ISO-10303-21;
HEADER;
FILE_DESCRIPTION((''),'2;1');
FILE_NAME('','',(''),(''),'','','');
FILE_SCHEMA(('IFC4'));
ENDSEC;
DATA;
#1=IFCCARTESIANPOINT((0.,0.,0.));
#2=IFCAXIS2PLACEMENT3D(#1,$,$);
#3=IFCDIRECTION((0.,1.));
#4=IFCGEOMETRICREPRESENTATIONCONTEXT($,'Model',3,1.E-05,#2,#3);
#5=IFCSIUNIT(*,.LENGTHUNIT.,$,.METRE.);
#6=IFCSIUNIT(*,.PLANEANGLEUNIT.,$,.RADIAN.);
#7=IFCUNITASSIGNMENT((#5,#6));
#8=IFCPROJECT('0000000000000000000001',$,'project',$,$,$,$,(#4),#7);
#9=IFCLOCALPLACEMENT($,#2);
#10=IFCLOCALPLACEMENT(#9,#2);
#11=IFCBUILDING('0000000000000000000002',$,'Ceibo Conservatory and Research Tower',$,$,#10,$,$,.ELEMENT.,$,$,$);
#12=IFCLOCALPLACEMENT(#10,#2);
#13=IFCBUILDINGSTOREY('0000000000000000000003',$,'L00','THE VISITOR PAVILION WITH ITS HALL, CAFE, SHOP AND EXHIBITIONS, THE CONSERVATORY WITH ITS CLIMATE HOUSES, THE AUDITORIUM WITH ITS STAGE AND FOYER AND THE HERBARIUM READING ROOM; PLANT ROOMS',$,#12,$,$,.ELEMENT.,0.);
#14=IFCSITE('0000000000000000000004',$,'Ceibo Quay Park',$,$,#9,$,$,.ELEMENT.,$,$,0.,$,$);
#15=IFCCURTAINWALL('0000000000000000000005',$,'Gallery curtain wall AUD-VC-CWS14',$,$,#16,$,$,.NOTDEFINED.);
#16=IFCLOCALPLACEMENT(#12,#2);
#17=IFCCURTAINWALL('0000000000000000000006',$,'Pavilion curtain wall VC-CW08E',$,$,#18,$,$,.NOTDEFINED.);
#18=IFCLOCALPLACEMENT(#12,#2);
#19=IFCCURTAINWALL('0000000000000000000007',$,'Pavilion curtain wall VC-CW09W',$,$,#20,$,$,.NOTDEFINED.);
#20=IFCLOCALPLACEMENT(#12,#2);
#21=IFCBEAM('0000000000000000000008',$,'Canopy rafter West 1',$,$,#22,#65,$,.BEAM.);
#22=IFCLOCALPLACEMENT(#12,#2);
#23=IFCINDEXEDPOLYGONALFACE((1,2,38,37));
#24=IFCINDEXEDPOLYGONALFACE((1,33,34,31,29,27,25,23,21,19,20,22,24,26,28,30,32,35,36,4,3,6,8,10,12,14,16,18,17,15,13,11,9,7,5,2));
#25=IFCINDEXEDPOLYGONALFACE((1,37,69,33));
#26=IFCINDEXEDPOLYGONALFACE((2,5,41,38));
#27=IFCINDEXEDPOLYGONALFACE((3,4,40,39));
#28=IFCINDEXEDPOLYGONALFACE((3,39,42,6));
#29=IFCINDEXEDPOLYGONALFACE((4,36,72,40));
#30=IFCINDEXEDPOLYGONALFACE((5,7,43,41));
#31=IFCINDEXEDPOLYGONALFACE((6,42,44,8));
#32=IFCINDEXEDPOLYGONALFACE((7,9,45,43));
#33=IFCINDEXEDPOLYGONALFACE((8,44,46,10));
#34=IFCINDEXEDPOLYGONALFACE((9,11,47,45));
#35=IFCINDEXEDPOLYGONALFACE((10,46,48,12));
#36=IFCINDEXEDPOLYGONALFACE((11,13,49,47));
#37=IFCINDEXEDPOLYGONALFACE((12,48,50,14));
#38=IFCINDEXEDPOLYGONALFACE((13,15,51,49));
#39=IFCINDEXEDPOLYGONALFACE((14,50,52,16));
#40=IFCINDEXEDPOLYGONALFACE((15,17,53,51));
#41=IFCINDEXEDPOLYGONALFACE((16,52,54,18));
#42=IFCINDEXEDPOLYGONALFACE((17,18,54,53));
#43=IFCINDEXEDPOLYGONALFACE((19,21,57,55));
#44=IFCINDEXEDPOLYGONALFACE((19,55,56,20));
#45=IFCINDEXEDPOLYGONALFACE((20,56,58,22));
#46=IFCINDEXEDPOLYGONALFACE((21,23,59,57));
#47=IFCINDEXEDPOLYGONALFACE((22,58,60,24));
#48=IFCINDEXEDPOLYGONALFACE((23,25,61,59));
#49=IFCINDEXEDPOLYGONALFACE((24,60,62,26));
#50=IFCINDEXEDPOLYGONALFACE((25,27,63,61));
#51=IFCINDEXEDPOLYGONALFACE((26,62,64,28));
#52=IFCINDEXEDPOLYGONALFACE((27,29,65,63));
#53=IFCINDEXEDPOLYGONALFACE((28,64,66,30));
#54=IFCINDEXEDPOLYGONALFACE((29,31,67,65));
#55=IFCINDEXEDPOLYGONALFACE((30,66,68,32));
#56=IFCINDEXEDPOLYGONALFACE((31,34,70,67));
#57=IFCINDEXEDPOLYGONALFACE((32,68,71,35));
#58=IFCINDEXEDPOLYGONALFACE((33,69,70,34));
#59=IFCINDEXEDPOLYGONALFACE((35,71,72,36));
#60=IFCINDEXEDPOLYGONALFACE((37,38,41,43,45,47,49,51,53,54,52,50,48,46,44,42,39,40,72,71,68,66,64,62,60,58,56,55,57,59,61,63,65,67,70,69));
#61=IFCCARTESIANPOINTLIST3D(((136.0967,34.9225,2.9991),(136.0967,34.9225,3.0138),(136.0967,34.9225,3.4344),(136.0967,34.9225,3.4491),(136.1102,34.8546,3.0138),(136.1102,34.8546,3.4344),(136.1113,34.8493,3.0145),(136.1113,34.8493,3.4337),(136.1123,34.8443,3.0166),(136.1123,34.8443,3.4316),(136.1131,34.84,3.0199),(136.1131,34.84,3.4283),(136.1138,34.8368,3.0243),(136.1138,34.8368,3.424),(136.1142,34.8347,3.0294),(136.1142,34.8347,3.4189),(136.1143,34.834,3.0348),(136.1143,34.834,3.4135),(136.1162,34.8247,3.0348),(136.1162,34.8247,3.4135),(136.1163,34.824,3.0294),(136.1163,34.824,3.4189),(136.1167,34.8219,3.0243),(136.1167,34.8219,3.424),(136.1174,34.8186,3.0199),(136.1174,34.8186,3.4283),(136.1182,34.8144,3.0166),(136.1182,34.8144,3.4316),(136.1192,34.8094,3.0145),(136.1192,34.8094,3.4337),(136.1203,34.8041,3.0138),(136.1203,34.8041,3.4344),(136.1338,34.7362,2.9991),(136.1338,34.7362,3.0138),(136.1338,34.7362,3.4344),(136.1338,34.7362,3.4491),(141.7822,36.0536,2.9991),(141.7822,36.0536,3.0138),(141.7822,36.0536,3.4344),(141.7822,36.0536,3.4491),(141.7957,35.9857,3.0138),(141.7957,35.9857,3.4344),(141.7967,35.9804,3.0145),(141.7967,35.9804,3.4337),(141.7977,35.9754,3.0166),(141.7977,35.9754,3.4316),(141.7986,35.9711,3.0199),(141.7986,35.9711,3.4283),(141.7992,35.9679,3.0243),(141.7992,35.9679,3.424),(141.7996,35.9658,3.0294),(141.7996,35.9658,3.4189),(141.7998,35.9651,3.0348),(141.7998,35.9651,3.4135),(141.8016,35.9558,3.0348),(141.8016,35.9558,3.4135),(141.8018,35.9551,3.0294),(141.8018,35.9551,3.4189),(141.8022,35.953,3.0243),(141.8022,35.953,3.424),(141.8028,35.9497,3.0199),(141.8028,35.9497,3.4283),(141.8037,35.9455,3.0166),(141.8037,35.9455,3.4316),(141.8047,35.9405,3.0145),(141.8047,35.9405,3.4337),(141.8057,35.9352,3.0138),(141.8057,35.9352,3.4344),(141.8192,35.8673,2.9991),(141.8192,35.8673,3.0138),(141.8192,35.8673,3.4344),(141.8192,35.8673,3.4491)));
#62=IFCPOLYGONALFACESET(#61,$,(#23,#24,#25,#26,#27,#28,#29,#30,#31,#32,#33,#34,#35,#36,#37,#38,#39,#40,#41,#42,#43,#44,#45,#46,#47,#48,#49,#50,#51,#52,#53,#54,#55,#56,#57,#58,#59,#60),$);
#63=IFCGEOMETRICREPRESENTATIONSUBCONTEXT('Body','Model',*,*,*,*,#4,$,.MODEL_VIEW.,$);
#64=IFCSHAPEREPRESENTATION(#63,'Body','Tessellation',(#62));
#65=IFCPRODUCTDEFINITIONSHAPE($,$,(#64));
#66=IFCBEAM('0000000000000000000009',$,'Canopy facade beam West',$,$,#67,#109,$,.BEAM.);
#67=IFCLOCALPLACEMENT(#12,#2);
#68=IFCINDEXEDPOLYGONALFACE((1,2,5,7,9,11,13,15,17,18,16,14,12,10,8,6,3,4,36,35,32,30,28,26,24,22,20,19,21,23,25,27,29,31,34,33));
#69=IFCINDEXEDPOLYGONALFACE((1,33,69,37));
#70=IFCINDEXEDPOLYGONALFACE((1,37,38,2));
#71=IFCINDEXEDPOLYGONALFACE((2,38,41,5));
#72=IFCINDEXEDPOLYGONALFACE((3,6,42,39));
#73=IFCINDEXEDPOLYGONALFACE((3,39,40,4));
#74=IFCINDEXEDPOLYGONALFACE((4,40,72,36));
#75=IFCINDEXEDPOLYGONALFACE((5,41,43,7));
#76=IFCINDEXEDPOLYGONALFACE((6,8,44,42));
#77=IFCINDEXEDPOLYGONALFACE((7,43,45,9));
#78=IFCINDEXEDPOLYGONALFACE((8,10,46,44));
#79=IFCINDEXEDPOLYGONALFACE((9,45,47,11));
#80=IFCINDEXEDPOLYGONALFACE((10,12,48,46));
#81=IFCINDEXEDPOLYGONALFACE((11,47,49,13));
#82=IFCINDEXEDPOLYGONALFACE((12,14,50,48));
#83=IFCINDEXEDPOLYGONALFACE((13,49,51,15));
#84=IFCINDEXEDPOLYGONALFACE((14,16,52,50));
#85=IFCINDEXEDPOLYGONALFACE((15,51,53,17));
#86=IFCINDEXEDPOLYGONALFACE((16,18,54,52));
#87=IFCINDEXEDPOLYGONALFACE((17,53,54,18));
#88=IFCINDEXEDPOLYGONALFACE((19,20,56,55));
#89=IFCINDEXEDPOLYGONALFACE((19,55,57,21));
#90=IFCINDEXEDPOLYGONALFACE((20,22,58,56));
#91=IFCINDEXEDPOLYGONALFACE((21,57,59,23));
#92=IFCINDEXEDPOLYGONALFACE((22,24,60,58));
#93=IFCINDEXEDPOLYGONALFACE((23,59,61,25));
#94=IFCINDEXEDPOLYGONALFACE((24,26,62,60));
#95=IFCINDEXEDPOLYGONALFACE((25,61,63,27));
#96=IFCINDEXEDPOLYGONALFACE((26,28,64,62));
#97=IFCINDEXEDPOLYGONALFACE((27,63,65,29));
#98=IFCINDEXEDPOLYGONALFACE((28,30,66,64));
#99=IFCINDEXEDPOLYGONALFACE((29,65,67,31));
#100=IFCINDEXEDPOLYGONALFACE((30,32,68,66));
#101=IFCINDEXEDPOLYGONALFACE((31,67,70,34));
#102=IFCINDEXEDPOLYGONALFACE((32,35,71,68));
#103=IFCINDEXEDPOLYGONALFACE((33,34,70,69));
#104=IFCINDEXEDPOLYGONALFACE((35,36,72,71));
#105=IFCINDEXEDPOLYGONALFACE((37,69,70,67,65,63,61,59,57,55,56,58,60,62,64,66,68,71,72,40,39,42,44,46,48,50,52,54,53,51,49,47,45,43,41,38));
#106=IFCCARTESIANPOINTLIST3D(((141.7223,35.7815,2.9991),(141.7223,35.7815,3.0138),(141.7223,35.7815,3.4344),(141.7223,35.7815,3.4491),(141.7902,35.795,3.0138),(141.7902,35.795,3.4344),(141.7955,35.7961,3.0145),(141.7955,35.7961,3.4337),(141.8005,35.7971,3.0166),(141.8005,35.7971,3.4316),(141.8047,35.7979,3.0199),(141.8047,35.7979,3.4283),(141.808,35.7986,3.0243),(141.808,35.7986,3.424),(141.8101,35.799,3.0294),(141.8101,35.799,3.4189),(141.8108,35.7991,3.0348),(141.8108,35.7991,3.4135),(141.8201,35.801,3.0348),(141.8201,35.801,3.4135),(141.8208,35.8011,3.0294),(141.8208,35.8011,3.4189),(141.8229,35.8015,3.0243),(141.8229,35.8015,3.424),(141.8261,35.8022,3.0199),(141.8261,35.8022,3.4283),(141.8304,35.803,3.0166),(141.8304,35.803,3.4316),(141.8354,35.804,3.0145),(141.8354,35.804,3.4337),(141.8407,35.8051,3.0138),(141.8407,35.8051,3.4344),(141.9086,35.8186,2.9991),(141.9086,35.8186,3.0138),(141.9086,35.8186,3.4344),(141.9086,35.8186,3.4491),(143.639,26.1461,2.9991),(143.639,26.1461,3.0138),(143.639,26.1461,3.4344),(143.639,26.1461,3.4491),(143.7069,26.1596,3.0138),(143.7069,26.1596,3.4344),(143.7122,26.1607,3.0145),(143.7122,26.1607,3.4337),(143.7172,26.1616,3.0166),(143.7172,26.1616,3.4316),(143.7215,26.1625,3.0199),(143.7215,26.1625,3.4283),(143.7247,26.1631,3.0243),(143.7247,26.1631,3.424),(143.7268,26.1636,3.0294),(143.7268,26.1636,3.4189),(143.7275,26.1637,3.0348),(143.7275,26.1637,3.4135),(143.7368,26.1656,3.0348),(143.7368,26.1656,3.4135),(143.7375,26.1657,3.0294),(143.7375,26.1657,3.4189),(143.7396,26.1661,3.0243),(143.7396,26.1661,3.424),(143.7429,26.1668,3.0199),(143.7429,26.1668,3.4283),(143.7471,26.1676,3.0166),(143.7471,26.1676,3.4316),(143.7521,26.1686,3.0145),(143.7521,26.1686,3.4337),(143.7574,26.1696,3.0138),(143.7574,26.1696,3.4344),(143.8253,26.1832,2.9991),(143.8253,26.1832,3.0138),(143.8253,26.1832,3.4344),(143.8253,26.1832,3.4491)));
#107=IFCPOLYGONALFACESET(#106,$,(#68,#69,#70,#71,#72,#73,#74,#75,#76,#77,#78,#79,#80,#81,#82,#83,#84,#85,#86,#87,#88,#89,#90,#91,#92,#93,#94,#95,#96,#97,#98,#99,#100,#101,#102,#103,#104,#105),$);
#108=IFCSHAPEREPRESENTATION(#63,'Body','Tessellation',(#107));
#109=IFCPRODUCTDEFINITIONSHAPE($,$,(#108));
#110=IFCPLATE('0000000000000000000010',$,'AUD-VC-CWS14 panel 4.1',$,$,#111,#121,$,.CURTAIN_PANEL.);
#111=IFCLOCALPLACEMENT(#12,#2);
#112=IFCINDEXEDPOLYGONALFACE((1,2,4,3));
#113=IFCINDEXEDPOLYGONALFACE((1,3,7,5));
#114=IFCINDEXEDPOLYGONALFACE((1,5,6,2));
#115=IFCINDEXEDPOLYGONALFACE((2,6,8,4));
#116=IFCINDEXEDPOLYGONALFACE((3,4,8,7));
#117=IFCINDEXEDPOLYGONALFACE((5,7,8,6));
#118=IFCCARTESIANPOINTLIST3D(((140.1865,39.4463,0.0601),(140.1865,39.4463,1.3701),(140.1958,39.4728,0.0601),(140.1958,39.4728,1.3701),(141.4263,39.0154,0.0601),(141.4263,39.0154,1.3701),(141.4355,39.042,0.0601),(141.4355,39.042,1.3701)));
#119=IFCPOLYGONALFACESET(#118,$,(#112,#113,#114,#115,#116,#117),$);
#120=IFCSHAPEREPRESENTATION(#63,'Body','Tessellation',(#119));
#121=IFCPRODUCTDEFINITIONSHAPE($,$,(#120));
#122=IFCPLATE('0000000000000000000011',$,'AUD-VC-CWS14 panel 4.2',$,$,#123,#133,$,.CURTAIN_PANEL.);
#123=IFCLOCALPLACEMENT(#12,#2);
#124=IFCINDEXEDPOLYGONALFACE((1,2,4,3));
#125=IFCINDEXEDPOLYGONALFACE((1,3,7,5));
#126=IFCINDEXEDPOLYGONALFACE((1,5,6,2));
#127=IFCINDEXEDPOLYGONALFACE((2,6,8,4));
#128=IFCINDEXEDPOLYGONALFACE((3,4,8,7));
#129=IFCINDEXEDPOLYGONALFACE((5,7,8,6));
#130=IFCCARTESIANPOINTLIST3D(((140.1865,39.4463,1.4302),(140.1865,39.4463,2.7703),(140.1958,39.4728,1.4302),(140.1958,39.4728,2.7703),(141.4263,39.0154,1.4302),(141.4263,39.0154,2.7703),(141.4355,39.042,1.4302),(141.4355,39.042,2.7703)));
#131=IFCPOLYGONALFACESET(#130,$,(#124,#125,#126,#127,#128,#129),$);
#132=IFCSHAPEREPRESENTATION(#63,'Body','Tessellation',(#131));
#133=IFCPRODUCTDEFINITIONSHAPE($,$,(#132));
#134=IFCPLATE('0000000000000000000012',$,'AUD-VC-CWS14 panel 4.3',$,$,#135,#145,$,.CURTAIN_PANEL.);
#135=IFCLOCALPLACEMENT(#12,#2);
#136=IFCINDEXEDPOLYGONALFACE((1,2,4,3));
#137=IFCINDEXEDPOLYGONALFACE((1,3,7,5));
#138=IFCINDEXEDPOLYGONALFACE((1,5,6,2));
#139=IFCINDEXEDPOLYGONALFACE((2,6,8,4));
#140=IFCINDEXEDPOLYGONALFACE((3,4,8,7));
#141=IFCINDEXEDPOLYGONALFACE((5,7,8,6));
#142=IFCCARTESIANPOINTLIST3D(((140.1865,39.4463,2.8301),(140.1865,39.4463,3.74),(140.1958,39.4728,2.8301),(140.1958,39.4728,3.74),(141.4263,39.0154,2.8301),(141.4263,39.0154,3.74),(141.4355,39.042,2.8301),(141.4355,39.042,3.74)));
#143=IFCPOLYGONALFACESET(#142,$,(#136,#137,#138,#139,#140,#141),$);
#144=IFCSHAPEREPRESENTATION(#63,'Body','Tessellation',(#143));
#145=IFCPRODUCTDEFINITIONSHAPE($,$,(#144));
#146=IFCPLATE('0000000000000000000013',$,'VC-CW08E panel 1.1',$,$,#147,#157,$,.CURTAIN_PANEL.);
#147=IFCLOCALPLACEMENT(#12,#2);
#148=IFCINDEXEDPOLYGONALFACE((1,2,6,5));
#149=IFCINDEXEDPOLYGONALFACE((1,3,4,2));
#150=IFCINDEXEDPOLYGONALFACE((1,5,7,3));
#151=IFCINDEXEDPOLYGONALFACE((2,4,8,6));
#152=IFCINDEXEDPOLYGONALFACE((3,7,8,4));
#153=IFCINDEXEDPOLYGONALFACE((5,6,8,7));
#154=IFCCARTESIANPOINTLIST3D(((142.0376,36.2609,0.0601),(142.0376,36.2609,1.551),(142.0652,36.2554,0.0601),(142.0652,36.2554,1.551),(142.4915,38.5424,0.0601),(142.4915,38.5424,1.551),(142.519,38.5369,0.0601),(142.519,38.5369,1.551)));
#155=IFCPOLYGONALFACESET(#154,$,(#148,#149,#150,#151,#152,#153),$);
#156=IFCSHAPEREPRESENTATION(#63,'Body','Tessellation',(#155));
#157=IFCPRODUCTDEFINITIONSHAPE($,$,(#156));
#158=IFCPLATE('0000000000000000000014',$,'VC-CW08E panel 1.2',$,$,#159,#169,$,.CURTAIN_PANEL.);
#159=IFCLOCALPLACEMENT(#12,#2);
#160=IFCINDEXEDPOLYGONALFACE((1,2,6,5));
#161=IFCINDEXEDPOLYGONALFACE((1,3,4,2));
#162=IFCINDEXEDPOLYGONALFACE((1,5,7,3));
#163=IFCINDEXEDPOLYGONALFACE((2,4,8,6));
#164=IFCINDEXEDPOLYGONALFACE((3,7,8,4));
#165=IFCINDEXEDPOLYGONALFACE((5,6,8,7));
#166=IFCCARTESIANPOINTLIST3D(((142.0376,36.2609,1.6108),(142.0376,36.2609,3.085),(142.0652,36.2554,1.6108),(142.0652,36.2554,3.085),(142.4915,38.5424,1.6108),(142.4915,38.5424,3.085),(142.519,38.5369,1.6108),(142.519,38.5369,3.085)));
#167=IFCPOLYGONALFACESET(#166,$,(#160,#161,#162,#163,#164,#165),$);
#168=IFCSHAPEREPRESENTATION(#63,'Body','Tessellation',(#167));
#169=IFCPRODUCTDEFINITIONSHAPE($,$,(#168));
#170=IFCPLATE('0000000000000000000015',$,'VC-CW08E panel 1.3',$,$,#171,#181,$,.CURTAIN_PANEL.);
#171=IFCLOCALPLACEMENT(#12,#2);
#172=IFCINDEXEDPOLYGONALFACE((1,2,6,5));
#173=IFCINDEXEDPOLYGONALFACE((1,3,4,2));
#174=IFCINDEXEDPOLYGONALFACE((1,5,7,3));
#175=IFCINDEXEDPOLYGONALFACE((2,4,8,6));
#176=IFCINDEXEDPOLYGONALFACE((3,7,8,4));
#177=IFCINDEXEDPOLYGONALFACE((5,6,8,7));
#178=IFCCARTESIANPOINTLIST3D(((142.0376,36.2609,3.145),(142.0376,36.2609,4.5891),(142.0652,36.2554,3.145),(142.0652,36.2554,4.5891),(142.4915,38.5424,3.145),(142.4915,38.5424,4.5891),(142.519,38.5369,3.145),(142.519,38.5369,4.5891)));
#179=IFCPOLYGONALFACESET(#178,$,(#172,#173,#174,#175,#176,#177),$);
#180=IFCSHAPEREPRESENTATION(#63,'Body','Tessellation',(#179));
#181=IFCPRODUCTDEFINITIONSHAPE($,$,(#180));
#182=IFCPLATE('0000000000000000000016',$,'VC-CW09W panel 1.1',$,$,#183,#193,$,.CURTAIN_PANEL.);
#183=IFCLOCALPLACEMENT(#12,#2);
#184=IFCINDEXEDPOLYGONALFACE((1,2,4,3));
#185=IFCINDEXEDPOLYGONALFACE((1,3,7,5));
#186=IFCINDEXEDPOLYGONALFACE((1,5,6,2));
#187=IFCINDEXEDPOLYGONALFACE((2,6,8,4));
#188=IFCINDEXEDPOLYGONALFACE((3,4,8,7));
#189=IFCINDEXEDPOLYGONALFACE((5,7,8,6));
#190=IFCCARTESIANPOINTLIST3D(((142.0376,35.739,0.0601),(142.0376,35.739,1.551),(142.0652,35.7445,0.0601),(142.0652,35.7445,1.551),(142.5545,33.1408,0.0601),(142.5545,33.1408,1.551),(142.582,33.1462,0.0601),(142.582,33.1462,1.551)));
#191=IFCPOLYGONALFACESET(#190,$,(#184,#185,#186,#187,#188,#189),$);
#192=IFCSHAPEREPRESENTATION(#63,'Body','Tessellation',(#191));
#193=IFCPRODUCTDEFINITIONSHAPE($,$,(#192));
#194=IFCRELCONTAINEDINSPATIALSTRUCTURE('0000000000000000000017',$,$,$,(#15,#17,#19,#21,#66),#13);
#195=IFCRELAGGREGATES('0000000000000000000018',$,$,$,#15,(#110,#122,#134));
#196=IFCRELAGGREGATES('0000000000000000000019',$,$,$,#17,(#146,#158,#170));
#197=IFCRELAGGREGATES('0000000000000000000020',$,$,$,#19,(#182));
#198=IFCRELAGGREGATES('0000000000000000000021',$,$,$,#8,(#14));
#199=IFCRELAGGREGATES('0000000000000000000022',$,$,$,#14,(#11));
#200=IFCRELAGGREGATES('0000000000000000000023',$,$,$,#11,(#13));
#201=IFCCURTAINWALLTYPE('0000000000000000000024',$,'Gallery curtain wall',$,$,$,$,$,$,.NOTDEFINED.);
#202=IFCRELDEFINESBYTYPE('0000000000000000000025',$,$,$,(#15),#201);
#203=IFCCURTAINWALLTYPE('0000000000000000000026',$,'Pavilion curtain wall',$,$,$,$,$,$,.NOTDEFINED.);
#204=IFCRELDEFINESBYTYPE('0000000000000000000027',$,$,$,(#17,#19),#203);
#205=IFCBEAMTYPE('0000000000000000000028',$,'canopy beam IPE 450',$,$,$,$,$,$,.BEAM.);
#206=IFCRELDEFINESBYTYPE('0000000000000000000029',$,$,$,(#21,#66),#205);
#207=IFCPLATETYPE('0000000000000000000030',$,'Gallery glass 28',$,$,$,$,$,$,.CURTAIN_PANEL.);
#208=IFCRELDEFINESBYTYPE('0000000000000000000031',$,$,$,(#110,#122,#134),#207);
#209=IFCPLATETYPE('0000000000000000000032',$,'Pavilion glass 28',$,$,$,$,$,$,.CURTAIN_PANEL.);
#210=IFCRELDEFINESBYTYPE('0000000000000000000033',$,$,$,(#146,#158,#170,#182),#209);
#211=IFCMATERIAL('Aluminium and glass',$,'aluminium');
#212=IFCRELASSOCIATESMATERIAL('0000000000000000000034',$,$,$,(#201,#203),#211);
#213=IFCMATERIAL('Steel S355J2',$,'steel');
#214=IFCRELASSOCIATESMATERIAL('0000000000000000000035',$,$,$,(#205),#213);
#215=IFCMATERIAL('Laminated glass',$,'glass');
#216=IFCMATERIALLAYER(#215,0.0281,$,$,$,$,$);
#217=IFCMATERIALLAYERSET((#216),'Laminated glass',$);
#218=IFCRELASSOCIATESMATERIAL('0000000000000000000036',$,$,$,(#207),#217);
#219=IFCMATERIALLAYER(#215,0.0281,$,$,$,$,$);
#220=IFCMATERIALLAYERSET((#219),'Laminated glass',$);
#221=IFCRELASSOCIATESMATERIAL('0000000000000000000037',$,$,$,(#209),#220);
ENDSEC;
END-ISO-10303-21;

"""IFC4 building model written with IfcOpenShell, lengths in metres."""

from ifc_helpers import new_model, si_unit, direction, frame, origin, origin_2d, place, context, subcontext, project, spatial, rectangle, i_section, extrude, material, layer, layer_set, material_profile, profile_set, type_object, element, aggregate, save


model = new_model("IFC4")

# Units and contexts
model_context = context("Model", 3, precision=1e-05, world=origin(), true_north=direction((0.0, 1.0)))
body_context = subcontext(model_context, "Body", "Model", "MODEL_VIEW")
ifc_project = project(units=[si_unit("LENGTHUNIT", "METRE"), si_unit("PLANEANGLEUNIT", "RADIAN")], contexts=[model_context])

# Site, building, storey
site_placement = place(None, origin())
site = spatial("IfcSite", under=ifc_project, at=site_placement, Name="Ceibo Quay Park", CompositionType="ELEMENT", RefElevation=0.0)
building_placement = place(site_placement, origin())
building = spatial("IfcBuilding", under=site, at=building_placement, Name="Ceibo Conservatory and Research Tower", CompositionType="ELEMENT")
storey_placement = place(building_placement, origin())
storey = spatial("IfcBuildingStorey", under=building, at=storey_placement, Name="L00", Description="THE VISITOR PAVILION WITH ITS HALL, CAFE, SHOP AND EXHIBITIONS, THE CONSERVATORY WITH ITS CLIMATE HOUSES, THE AUDITORIUM WITH ITS STAGE AND FOYER AND THE HERBARIUM READING ROOM; PLANT ROOMS", CompositionType="ELEMENT", Elevation=0.0)

# Curtain walls
ifc_material_1 = material(Name="Aluminium and glass", Category="aluminium")
curtain_wall_type_1 = type_object("IfcCurtainWallType", Name="Gallery curtain wall", PredefinedType="NOTDEFINED", material=ifc_material_1)
curtain_wall_1_placement = place(storey_placement, origin())
curtain_wall_1 = element("IfcCurtainWall", 1, at=curtain_wall_1_placement, inside=storey, type_object=curtain_wall_type_1, Name="Gallery curtain wall AUD-VC-CWS14", PredefinedType="NOTDEFINED")
curtain_wall_type_2 = type_object("IfcCurtainWallType", Name="Pavilion curtain wall", PredefinedType="NOTDEFINED", material=ifc_material_1)
curtain_wall_2_placement = place(storey_placement, origin())
curtain_wall_2 = element("IfcCurtainWall", 2, at=curtain_wall_2_placement, inside=storey, type_object=curtain_wall_type_2, Name="Pavilion curtain wall VC-CW08E", PredefinedType="NOTDEFINED")
curtain_wall_3_placement = place(storey_placement, origin())
curtain_wall_3 = element("IfcCurtainWall", 3, at=curtain_wall_3_placement, inside=storey, type_object=curtain_wall_type_2, Name="Pavilion curtain wall VC-CW09W", PredefinedType="NOTDEFINED")

# Beams
ifc_material_2 = material(Name="Steel S355J2", Category="steel")
ifc_material_profile_1 = material_profile(ifc_material_2, i_section(OverallWidth=0.1899, OverallDepth=0.45, WebThickness=0.0095, FlangeThickness=0.0146, FilletRadius=0.021, at=origin_2d()), Name="IPE 450")
ifc_profile_set_1 = profile_set([ifc_material_profile_1], Name="Steel S355J2")
beam_type_1 = type_object("IfcBeamType", Name="canopy beam IPE 450", PredefinedType="BEAM", material=ifc_profile_set_1)
beam_1_placement = place(storey_placement, frame((136.1152, 34.8293, 3.2241), z_axis=(0.980779, 0.19512, 0.0), x_axis=(-0.19512, 0.980779, 0.0)))
element("IfcBeam", 4, at=beam_1_placement, inside=storey, type_object=beam_type_1, Name="Canopy rafter West 1", PredefinedType="BEAM", context=body_context, shape_type="SweptSolid", body=[
    extrude(i_section(OverallWidth=0.1899, OverallDepth=0.45, WebThickness=0.0095, FlangeThickness=0.0146, FilletRadius=0.021, at=origin_2d()), origin(), (0.0, 0.0, 1.0), 5.7969),
])
beam_2_placement = place(storey_placement, frame((141.8154, 35.8, 3.2241), z_axis=(0.195103, -0.980783, 0.0), x_axis=(0.980783, 0.195103, 0.0)))
element("IfcBeam", 5, at=beam_2_placement, inside=storey, type_object=beam_type_1, Name="Canopy facade beam West", PredefinedType="BEAM", context=body_context, shape_type="SweptSolid", body=[
    extrude(i_section(OverallWidth=0.1899, OverallDepth=0.45, WebThickness=0.0095, FlangeThickness=0.0146, FilletRadius=0.021, at=origin_2d()), origin(), (0.0, 0.0, 1.0), 9.8242),
])

# Plates
ifc_material_3 = material(Name="Laminated glass", Category="glass")
ifc_layer_1 = layer(ifc_material_3, 0.0281)
ifc_layer_set_1 = layer_set([ifc_layer_1], Name="Laminated glass")
plate_type_1 = type_object("IfcPlateType", Name="Gallery glass 28", PredefinedType="CURTAIN_PANEL", material=ifc_layer_set_1)
plate_1_placement = place(storey_placement, frame((140.811, 39.2441, 0.0601), z_axis=(0.0, 0.0, 1.0), x_axis=(0.944579, -0.328284, 0.0)))
plate_1 = element("IfcPlate", 6, at=plate_1_placement, type_object=plate_type_1, Name="AUD-VC-CWS14 panel 4.1", PredefinedType="CURTAIN_PANEL", context=body_context, shape_type="SweptSolid", body=[
    extrude(rectangle(XDim=1.3125, YDim=0.0281, at=origin_2d()), origin(), (0.0, 0.0, 1.0), 1.3101),
])
plate_2_placement = place(storey_placement, frame((140.811, 39.2441, 1.4302), z_axis=(0.0, 0.0, 1.0), x_axis=(0.944579, -0.328284, 0.0)))
plate_2 = element("IfcPlate", 7, at=plate_2_placement, type_object=plate_type_1, Name="AUD-VC-CWS14 panel 4.2", PredefinedType="CURTAIN_PANEL", context=body_context, shape_type="SweptSolid", body=[
    extrude(rectangle(XDim=1.3125, YDim=0.0281, at=origin_2d()), origin(), (0.0, 0.0, 1.0), 1.3401),
])
plate_3_placement = place(storey_placement, frame((140.811, 39.2441, 2.8301), z_axis=(0.0, 0.0, 1.0), x_axis=(0.944579, -0.328284, 0.0)))
plate_3 = element("IfcPlate", 8, at=plate_3_placement, type_object=plate_type_1, Name="AUD-VC-CWS14 panel 4.3", PredefinedType="CURTAIN_PANEL", context=body_context, shape_type="SweptSolid", body=[
    extrude(rectangle(XDim=1.3125, YDim=0.0281, at=origin_2d()), origin(), (0.0, 0.0, 1.0), 0.9099),
])
aggregate(curtain_wall_1, [plate_1, plate_2, plate_3])
ifc_layer_2 = layer(ifc_material_3, 0.0281)
ifc_layer_set_2 = layer_set([ifc_layer_2], Name="Laminated glass")
plate_type_2 = type_object("IfcPlateType", Name="Pavilion glass 28", PredefinedType="CURTAIN_PANEL", material=ifc_layer_set_2)
plate_4_placement = place(storey_placement, frame((142.2783, 37.3989, 0.0601), z_axis=(0.0, 0.0, 1.0), x_axis=(-0.19509, -0.980785, 0.0)))
plate_4 = element("IfcPlate", 9, at=plate_4_placement, type_object=plate_type_2, Name="VC-CW08E panel 1.1", PredefinedType="CURTAIN_PANEL", context=body_context, shape_type="SweptSolid", body=[
    extrude(rectangle(XDim=2.3262, YDim=0.0281, at=origin_2d()), origin(), (0.0, 0.0, 1.0), 1.491),
])
plate_5_placement = place(storey_placement, frame((142.2783, 37.3989, 1.6108), z_axis=(0.0, 0.0, 1.0), x_axis=(-0.19509, -0.980785, 0.0)))
plate_5 = element("IfcPlate", 10, at=plate_5_placement, type_object=plate_type_2, Name="VC-CW08E panel 1.2", PredefinedType="CURTAIN_PANEL", context=body_context, shape_type="SweptSolid", body=[
    extrude(rectangle(XDim=2.3262, YDim=0.0281, at=origin_2d()), origin(), (0.0, 0.0, 1.0), 1.4741),
])
plate_6_placement = place(storey_placement, frame((142.2783, 37.3989, 3.145), z_axis=(0.0, 0.0, 1.0), x_axis=(-0.19509, -0.980785, 0.0)))
plate_6 = element("IfcPlate", 11, at=plate_6_placement, type_object=plate_type_2, Name="VC-CW08E panel 1.3", PredefinedType="CURTAIN_PANEL", context=body_context, shape_type="SweptSolid", body=[
    extrude(rectangle(XDim=2.3262, YDim=0.0281, at=origin_2d()), origin(), (0.0, 0.0, 1.0), 1.4441),
])
aggregate(curtain_wall_2, [plate_4, plate_5, plate_6])
plate_7_placement = place(storey_placement, frame((142.3098, 34.4426, 0.0601), z_axis=(0.0, 0.0, 1.0), x_axis=(0.19509, -0.980785, 0.0)))
plate_7 = element("IfcPlate", 12, at=plate_7_placement, type_object=plate_type_2, Name="VC-CW09W panel 1.1", PredefinedType="CURTAIN_PANEL", context=body_context, shape_type="SweptSolid", body=[
    extrude(rectangle(XDim=2.6492, YDim=0.0281, at=origin_2d()), origin(), (0.0, 0.0, 1.0), 1.491),
])
aggregate(curtain_wall_3, [plate_7])

save(model, "model.ifc")
